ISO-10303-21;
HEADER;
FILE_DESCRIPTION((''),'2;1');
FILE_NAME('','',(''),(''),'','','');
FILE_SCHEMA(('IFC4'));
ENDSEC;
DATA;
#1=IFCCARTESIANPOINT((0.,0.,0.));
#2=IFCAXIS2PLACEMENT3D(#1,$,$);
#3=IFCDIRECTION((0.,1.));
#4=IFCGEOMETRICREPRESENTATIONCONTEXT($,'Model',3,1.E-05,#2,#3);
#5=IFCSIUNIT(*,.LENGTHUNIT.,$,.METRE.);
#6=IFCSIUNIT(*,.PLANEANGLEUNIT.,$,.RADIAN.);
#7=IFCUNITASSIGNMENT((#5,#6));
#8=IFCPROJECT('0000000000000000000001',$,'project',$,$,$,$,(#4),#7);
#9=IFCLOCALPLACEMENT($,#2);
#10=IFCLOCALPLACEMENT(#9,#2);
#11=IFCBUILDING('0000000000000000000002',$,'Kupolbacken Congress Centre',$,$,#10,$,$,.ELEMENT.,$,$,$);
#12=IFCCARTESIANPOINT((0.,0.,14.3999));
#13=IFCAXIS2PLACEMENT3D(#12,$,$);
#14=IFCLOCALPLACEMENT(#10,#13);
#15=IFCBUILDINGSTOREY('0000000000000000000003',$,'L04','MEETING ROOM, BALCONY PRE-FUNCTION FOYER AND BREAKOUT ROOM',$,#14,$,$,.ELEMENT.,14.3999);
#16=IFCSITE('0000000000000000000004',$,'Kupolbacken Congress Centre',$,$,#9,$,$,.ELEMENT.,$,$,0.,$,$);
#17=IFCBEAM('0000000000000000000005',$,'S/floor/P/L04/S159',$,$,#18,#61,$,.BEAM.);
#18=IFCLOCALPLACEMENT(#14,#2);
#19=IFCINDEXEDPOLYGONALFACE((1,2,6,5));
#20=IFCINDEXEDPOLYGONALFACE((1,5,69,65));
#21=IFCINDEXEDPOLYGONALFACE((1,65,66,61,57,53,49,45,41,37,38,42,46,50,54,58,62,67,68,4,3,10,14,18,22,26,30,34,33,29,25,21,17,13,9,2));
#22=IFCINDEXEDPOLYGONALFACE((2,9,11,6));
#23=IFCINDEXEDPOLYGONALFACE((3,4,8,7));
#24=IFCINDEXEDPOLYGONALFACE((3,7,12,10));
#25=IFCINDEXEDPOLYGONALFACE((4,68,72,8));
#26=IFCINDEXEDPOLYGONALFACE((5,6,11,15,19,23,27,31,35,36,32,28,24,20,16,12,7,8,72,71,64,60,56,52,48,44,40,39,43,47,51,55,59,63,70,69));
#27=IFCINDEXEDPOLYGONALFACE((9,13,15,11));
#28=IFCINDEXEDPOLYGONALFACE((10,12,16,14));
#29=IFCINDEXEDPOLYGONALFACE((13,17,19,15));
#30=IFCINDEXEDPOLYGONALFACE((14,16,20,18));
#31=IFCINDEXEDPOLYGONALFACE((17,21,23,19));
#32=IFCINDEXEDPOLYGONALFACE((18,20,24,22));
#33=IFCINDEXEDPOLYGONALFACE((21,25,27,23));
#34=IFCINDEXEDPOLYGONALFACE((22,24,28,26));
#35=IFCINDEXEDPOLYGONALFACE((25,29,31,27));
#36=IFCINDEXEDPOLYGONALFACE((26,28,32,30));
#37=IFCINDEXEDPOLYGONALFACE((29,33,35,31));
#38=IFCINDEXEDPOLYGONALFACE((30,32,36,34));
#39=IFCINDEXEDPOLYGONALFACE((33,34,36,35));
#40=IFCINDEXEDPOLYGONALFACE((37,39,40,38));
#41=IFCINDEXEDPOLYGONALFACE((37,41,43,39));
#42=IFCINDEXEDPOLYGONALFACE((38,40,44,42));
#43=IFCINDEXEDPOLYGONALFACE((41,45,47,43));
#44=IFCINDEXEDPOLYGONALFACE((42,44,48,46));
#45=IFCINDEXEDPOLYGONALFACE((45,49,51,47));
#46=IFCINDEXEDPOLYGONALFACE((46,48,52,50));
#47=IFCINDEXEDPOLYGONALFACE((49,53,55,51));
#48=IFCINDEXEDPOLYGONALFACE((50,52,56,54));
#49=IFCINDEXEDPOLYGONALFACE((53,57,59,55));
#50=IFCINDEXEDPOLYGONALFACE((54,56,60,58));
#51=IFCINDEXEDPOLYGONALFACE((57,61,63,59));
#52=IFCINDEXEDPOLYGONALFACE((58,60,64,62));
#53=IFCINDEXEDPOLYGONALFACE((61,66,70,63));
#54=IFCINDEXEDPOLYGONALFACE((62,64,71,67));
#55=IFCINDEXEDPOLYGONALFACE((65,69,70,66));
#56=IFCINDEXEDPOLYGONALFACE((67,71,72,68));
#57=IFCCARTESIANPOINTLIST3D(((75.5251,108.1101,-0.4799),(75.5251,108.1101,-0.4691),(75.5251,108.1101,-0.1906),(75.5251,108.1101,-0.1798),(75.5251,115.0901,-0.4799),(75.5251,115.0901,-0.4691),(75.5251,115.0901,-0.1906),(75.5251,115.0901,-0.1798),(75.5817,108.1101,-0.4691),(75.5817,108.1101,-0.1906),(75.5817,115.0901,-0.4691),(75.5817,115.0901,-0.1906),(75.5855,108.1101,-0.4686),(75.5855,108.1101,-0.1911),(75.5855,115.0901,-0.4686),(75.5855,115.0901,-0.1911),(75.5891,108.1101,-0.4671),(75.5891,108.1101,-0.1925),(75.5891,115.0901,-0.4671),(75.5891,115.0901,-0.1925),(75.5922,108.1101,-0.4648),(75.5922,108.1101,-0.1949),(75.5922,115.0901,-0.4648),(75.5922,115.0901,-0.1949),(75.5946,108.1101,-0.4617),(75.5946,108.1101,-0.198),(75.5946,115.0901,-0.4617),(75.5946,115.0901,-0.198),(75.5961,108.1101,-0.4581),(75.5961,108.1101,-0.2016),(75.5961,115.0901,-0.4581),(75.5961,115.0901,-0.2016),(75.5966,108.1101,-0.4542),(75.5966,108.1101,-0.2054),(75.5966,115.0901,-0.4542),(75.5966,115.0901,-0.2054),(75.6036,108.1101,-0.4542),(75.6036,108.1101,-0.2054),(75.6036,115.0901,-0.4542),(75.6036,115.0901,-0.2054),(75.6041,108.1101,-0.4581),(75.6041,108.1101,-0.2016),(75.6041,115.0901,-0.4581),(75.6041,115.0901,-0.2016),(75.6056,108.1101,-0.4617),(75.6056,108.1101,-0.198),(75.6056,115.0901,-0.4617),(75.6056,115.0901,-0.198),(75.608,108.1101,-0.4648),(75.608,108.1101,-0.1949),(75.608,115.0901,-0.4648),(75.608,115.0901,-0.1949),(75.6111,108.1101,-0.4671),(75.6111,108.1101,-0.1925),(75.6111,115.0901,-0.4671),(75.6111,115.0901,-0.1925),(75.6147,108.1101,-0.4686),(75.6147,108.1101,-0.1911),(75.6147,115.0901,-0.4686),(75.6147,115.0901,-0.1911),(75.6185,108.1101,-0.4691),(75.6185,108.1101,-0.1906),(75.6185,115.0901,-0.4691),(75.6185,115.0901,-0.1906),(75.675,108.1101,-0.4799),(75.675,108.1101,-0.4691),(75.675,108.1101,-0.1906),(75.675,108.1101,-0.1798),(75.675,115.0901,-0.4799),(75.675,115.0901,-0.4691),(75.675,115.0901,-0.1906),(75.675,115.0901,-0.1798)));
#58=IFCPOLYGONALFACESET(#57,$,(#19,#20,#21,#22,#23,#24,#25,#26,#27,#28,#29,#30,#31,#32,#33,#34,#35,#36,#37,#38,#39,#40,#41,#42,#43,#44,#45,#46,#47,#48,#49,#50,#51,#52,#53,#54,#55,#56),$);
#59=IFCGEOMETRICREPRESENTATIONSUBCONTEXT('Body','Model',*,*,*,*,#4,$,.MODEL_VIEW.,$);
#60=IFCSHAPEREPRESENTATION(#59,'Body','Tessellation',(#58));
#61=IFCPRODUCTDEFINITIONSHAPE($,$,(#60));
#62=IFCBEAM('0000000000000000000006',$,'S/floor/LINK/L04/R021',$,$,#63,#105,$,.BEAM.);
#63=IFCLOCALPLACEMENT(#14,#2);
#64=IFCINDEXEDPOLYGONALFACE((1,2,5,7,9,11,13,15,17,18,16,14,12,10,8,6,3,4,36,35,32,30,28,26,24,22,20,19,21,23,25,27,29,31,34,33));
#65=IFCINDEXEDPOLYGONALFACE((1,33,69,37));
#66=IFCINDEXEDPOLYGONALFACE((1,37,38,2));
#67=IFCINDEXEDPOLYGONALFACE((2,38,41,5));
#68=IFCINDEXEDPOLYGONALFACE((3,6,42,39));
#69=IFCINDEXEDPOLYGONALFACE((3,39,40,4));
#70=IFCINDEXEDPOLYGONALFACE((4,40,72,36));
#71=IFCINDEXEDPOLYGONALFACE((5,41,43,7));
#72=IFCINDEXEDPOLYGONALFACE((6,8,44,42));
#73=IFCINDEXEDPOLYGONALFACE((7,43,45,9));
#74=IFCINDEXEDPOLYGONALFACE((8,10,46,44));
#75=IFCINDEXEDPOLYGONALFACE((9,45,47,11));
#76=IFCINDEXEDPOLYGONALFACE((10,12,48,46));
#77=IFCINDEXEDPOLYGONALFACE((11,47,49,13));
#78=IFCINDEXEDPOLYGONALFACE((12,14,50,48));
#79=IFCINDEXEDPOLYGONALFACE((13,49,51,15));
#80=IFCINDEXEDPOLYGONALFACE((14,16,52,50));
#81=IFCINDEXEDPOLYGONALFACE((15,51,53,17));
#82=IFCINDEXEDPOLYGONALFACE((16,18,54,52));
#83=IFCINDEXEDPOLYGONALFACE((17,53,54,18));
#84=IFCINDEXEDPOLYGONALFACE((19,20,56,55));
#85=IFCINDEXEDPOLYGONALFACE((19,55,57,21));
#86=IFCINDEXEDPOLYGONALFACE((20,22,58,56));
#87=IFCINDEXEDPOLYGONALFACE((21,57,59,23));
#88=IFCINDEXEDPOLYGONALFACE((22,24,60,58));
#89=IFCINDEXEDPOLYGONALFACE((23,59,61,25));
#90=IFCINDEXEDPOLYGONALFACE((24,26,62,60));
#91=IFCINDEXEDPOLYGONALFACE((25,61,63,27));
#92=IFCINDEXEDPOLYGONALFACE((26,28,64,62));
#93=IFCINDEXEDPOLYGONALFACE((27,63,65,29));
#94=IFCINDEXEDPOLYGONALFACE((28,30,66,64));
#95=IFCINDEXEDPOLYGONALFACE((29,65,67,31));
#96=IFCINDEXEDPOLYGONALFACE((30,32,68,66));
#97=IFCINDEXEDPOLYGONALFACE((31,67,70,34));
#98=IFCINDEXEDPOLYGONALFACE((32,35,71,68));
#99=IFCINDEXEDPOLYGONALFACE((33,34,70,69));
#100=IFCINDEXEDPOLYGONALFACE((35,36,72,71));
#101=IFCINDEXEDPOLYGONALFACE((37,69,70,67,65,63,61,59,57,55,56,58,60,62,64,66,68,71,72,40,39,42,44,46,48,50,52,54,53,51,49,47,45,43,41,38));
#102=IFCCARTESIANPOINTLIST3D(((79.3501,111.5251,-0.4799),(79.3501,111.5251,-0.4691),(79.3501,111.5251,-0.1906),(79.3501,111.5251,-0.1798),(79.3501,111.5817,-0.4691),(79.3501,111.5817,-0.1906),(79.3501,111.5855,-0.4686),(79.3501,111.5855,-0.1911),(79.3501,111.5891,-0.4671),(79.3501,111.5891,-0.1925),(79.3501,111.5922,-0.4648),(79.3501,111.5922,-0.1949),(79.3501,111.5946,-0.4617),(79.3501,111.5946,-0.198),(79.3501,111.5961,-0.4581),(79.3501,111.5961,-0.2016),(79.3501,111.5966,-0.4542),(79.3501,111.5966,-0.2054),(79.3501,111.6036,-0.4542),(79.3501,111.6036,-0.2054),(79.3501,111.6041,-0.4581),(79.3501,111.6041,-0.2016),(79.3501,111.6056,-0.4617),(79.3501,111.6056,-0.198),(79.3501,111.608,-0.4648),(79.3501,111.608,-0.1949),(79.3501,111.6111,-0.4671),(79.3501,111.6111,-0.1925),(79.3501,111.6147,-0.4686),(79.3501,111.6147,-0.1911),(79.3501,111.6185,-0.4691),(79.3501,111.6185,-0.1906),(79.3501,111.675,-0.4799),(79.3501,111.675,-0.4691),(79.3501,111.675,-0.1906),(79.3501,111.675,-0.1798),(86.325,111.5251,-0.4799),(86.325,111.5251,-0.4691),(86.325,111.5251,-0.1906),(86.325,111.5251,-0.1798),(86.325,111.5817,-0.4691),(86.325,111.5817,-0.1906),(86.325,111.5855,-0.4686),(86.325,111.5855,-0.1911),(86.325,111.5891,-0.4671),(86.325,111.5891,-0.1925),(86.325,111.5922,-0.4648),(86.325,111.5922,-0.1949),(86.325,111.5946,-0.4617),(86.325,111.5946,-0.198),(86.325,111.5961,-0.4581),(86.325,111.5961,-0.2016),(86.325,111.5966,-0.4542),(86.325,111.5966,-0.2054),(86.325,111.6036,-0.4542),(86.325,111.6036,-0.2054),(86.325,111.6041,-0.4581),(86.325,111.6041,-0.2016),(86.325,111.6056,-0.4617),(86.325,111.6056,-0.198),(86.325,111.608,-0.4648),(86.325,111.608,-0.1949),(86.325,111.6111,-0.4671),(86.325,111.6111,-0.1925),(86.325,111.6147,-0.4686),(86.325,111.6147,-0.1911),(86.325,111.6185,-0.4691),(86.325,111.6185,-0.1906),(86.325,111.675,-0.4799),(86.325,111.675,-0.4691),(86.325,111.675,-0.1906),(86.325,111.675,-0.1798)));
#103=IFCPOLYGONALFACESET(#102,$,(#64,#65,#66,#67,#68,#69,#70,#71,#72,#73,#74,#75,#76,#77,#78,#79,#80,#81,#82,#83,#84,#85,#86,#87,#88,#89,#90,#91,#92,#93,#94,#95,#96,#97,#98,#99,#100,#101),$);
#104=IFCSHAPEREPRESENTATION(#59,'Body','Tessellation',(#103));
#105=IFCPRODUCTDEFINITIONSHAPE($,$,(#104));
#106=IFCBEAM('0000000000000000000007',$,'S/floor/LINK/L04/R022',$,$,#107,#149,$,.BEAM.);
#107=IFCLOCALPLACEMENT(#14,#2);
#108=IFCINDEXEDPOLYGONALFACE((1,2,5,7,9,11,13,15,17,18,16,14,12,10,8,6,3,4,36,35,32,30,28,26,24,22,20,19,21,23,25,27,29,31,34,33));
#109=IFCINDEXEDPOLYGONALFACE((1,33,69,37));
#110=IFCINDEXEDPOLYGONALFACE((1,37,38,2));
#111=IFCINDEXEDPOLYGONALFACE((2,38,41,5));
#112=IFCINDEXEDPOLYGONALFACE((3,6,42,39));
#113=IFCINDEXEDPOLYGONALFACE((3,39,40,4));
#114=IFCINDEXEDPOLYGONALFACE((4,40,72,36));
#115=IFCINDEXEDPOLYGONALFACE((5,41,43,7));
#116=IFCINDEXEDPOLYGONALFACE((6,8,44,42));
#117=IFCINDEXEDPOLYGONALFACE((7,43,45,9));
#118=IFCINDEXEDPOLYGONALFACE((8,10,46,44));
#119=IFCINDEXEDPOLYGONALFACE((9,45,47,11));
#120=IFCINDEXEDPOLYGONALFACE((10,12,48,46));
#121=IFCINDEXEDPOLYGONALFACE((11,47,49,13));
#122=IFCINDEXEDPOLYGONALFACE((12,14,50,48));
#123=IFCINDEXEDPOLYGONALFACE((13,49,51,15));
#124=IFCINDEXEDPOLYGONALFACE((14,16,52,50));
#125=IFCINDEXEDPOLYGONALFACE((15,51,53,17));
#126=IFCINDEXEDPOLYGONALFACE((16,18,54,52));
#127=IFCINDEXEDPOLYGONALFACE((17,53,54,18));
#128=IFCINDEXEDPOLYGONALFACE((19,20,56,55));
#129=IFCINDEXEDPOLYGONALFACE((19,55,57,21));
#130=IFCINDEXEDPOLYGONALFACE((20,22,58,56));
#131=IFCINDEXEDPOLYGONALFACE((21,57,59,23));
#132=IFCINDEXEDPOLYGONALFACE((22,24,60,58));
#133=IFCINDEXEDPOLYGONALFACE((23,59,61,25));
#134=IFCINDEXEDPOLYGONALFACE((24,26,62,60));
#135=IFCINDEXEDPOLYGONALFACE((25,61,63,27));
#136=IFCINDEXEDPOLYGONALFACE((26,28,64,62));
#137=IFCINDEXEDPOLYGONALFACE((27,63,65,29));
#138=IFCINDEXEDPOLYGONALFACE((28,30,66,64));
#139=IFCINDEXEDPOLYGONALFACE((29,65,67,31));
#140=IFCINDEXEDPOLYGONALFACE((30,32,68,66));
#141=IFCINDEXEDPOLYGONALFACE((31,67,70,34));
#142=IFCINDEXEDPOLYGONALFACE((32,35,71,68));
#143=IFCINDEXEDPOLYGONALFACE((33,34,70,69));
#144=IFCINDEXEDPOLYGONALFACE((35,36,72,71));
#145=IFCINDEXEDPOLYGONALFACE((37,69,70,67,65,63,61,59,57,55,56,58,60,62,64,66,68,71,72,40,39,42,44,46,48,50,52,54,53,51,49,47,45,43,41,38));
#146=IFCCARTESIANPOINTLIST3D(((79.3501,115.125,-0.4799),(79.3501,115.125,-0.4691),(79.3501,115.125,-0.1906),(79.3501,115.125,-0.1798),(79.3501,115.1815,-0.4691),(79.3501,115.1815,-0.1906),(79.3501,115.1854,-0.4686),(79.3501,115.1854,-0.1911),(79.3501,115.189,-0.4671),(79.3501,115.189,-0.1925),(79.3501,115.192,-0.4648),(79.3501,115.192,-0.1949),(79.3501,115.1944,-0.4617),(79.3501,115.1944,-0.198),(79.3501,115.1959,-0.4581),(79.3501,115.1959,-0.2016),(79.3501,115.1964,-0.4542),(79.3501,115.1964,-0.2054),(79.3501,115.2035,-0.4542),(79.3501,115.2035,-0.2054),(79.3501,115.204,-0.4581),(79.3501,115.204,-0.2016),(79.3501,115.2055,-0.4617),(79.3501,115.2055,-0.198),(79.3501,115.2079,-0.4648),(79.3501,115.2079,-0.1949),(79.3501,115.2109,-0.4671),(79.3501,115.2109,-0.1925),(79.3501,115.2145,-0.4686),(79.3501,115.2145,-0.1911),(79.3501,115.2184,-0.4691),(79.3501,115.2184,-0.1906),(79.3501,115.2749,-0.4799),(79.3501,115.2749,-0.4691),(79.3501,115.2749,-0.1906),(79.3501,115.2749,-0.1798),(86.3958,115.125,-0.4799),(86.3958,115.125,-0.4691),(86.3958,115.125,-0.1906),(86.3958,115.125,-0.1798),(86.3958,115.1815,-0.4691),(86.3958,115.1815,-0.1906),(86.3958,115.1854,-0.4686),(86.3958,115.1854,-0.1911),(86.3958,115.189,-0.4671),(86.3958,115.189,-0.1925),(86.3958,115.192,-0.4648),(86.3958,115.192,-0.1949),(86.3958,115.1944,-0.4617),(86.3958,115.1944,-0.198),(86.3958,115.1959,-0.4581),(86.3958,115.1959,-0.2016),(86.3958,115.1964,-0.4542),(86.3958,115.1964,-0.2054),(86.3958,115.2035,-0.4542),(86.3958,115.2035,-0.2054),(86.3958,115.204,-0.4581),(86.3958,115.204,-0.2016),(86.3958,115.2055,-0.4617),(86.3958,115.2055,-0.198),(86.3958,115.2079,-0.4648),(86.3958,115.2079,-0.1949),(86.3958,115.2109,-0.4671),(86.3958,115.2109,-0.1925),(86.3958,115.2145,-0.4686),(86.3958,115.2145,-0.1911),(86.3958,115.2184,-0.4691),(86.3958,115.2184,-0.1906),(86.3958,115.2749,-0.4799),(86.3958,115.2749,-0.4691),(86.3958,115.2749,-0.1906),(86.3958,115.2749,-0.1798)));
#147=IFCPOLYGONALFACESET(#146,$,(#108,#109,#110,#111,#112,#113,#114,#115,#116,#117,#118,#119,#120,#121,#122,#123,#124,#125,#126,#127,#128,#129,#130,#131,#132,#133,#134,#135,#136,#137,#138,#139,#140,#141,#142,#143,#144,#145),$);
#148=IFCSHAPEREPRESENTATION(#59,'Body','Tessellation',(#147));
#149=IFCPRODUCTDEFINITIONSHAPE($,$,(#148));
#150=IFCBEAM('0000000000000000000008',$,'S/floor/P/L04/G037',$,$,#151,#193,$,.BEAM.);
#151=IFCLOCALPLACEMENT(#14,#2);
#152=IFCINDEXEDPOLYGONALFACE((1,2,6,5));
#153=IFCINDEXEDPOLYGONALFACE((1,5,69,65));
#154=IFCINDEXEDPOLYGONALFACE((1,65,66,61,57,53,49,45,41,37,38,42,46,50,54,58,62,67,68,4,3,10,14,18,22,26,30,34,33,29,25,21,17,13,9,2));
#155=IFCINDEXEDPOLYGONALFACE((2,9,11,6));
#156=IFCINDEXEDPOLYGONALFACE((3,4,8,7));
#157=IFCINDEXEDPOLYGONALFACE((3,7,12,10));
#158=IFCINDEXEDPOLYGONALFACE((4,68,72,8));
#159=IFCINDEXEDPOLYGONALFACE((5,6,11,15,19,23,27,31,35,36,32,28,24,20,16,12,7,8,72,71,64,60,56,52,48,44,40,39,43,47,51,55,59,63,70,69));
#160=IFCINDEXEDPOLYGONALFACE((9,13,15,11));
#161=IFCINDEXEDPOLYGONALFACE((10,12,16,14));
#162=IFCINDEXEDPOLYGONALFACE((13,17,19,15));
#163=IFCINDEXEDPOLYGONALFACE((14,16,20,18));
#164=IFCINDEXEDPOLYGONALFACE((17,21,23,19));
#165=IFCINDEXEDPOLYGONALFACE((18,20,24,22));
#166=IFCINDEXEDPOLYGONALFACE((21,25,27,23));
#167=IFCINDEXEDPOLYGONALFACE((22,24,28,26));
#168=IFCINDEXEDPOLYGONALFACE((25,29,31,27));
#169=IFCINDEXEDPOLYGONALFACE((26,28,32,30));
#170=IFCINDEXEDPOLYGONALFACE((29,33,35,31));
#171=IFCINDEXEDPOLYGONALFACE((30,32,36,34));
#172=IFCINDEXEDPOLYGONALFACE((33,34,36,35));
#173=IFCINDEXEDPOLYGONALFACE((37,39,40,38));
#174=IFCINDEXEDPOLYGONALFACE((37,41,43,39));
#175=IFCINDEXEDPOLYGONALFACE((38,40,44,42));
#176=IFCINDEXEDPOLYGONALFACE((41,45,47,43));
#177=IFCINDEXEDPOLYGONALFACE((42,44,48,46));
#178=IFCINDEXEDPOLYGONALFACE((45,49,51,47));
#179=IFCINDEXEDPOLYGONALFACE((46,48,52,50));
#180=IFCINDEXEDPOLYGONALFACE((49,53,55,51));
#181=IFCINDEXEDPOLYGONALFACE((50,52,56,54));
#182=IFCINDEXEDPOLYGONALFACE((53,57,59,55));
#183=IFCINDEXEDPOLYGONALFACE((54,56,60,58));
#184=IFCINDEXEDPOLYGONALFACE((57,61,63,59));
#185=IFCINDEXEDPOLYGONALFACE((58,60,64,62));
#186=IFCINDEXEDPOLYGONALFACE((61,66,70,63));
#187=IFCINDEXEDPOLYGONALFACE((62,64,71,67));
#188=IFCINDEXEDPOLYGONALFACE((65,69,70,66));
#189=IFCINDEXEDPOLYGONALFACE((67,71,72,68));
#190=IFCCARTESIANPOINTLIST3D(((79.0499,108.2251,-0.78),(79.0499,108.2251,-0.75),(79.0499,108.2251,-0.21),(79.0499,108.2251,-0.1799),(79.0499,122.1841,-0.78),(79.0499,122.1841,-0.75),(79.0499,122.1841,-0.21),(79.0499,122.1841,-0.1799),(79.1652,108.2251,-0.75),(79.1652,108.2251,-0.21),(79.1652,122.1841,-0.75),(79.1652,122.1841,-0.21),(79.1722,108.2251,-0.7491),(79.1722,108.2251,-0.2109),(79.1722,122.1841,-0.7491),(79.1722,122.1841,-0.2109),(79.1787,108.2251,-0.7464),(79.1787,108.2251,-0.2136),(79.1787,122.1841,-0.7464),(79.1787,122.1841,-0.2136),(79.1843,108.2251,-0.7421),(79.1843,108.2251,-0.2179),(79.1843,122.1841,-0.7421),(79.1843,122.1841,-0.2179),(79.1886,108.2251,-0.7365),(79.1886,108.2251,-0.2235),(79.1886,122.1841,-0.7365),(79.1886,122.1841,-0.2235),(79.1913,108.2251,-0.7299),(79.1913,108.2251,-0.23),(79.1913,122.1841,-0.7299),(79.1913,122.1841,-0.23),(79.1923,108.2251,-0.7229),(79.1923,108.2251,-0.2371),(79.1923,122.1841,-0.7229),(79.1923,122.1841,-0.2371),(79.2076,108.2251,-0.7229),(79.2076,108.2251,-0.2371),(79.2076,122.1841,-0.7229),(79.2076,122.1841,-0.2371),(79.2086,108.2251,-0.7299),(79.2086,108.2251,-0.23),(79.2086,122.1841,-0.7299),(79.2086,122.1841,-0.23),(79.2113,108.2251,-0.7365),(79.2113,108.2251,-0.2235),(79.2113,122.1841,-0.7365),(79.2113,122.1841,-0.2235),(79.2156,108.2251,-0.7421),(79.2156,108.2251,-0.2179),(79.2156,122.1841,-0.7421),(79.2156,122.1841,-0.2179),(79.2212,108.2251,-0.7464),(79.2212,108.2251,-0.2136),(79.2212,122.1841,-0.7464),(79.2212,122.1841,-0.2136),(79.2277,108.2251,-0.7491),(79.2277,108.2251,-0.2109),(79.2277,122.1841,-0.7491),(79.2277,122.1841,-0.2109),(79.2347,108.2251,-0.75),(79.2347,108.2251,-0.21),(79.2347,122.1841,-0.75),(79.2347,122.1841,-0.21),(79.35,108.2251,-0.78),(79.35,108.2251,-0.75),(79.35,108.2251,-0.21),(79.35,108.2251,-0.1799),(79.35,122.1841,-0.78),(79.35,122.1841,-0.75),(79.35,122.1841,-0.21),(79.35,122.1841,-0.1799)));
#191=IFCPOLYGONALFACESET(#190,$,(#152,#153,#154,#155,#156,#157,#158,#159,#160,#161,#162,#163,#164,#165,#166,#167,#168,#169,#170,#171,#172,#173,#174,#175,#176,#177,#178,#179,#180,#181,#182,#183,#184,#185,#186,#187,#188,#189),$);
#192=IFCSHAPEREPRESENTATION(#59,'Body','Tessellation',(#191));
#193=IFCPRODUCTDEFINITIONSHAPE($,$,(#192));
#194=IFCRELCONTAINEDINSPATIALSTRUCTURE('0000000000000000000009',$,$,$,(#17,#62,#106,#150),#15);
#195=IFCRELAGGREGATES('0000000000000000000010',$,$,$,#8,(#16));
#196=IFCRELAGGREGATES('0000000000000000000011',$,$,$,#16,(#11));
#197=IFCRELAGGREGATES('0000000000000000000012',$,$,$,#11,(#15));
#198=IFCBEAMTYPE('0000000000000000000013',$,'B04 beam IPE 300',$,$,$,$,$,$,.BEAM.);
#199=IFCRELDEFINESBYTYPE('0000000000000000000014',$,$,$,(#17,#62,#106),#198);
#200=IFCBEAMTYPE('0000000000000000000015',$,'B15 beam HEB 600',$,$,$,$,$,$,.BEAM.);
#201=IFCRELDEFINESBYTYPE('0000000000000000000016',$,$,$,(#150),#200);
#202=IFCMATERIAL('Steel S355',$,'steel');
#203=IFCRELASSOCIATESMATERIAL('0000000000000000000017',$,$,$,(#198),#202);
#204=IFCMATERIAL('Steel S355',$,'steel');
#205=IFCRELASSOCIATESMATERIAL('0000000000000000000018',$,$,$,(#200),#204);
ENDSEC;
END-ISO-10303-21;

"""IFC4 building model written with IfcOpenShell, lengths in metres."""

from ifc_helpers import new_model, si_unit, direction, frame, origin, origin_2d, place, context, subcontext, project, spatial, i_section, extrude, material, material_profile, profile_set, type_object, element, save


model = new_model("IFC4")

# Units and contexts
model_context = context("Model", 3, precision=1e-05, world=origin(), true_north=direction((0.0, 1.0)))
body_context = subcontext(model_context, "Body", "Model", "MODEL_VIEW")
ifc_project = project(units=[si_unit("LENGTHUNIT", "METRE"), si_unit("PLANEANGLEUNIT", "RADIAN")], contexts=[model_context])

# Site, building, storey
site_placement = place(None, origin())
site = spatial("IfcSite", under=ifc_project, at=site_placement, Name="Kupolbacken Congress Centre", CompositionType="ELEMENT", RefElevation=0.0)
building_placement = place(site_placement, origin())
building = spatial("IfcBuilding", under=site, at=building_placement, Name="Kupolbacken Congress Centre", CompositionType="ELEMENT")
storey_placement = place(building_placement, frame((0.0, 0.0, 14.3999)))
storey = spatial("IfcBuildingStorey", under=building, at=storey_placement, Name="L04", Description="MEETING ROOM, BALCONY PRE-FUNCTION FOYER AND BREAKOUT ROOM", CompositionType="ELEMENT", Elevation=14.3999)

# Beams
ifc_material_1 = material(Name="Steel S355", Category="steel")
ifc_material_profile_1 = material_profile(ifc_material_1, i_section(OverallWidth=0.1499, OverallDepth=0.3, WebThickness=0.0071, FlangeThickness=0.0107, FilletRadius=0.0149, at=origin_2d()), Name="IPE 300")
ifc_profile_set_1 = profile_set([ifc_material_profile_1], Name="Steel S355")
beam_type_1 = type_object("IfcBeamType", Name="B04 beam IPE 300", PredefinedType="BEAM", material=ifc_profile_set_1)
beam_1_placement = place(storey_placement, frame((75.6001, 108.1101, -0.3298), z_axis=(0.0, 1.0, 0.0), x_axis=(-1.0, 0.0, 0.0)))
element("IfcBeam", 1, at=beam_1_placement, inside=storey, type_object=beam_type_1, Name="S/floor/P/L04/S159", PredefinedType="BEAM", context=body_context, shape_type="SweptSolid", body=[
    extrude(i_section(OverallWidth=0.1499, OverallDepth=0.3, WebThickness=0.0071, FlangeThickness=0.0107, FilletRadius=0.0149, at=origin_2d()), origin(), (0.0, 0.0, 1.0), 6.98),
])
beam_2_placement = place(storey_placement, frame((79.3501, 111.6001, -0.3298), z_axis=(1.0, 0.0, 0.0), x_axis=(0.0, 1.0, 0.0)))
element("IfcBeam", 2, at=beam_2_placement, inside=storey, type_object=beam_type_1, Name="S/floor/LINK/L04/R021", PredefinedType="BEAM", context=body_context, shape_type="SweptSolid", body=[
    extrude(i_section(OverallWidth=0.1499, OverallDepth=0.3, WebThickness=0.0071, FlangeThickness=0.0107, FilletRadius=0.0149, at=origin_2d()), origin(), (0.0, 0.0, 1.0), 6.9749),
])
beam_3_placement = place(storey_placement, frame((79.3501, 115.2, -0.3298), z_axis=(1.0, 0.0, 0.0), x_axis=(0.0, 1.0, 0.0)))
element("IfcBeam", 3, at=beam_3_placement, inside=storey, type_object=beam_type_1, Name="S/floor/LINK/L04/R022", PredefinedType="BEAM", context=body_context, shape_type="SweptSolid", body=[
    extrude(i_section(OverallWidth=0.1499, OverallDepth=0.3, WebThickness=0.0071, FlangeThickness=0.0107, FilletRadius=0.0149, at=origin_2d()), origin(), (0.0, 0.0, 1.0), 7.0457),
])
ifc_material_2 = material(Name="Steel S355", Category="steel")
ifc_material_profile_2 = material_profile(ifc_material_2, i_section(OverallWidth=0.3, OverallDepth=0.6001, WebThickness=0.0154, FlangeThickness=0.03, FilletRadius=0.0271, at=origin_2d()), Name="HEB 600")
ifc_profile_set_2 = profile_set([ifc_material_profile_2], Name="Steel S355")
beam_type_2 = type_object("IfcBeamType", Name="B15 beam HEB 600", PredefinedType="BEAM", material=ifc_profile_set_2)
beam_4_placement = place(storey_placement, frame((79.2, 108.2251, -0.48), z_axis=(0.0, 1.0, 0.0), x_axis=(-1.0, 0.0, 0.0)))
element("IfcBeam", 4, at=beam_4_placement, inside=storey, type_object=beam_type_2, Name="S/floor/P/L04/G037", PredefinedType="BEAM", context=body_context, shape_type="SweptSolid", body=[
    extrude(i_section(OverallWidth=0.3, OverallDepth=0.6001, WebThickness=0.0154, FlangeThickness=0.03, FilletRadius=0.0271, at=origin_2d()), origin(), (0.0, 0.0, 1.0), 13.959),
])

save(model, "model.ifc")
